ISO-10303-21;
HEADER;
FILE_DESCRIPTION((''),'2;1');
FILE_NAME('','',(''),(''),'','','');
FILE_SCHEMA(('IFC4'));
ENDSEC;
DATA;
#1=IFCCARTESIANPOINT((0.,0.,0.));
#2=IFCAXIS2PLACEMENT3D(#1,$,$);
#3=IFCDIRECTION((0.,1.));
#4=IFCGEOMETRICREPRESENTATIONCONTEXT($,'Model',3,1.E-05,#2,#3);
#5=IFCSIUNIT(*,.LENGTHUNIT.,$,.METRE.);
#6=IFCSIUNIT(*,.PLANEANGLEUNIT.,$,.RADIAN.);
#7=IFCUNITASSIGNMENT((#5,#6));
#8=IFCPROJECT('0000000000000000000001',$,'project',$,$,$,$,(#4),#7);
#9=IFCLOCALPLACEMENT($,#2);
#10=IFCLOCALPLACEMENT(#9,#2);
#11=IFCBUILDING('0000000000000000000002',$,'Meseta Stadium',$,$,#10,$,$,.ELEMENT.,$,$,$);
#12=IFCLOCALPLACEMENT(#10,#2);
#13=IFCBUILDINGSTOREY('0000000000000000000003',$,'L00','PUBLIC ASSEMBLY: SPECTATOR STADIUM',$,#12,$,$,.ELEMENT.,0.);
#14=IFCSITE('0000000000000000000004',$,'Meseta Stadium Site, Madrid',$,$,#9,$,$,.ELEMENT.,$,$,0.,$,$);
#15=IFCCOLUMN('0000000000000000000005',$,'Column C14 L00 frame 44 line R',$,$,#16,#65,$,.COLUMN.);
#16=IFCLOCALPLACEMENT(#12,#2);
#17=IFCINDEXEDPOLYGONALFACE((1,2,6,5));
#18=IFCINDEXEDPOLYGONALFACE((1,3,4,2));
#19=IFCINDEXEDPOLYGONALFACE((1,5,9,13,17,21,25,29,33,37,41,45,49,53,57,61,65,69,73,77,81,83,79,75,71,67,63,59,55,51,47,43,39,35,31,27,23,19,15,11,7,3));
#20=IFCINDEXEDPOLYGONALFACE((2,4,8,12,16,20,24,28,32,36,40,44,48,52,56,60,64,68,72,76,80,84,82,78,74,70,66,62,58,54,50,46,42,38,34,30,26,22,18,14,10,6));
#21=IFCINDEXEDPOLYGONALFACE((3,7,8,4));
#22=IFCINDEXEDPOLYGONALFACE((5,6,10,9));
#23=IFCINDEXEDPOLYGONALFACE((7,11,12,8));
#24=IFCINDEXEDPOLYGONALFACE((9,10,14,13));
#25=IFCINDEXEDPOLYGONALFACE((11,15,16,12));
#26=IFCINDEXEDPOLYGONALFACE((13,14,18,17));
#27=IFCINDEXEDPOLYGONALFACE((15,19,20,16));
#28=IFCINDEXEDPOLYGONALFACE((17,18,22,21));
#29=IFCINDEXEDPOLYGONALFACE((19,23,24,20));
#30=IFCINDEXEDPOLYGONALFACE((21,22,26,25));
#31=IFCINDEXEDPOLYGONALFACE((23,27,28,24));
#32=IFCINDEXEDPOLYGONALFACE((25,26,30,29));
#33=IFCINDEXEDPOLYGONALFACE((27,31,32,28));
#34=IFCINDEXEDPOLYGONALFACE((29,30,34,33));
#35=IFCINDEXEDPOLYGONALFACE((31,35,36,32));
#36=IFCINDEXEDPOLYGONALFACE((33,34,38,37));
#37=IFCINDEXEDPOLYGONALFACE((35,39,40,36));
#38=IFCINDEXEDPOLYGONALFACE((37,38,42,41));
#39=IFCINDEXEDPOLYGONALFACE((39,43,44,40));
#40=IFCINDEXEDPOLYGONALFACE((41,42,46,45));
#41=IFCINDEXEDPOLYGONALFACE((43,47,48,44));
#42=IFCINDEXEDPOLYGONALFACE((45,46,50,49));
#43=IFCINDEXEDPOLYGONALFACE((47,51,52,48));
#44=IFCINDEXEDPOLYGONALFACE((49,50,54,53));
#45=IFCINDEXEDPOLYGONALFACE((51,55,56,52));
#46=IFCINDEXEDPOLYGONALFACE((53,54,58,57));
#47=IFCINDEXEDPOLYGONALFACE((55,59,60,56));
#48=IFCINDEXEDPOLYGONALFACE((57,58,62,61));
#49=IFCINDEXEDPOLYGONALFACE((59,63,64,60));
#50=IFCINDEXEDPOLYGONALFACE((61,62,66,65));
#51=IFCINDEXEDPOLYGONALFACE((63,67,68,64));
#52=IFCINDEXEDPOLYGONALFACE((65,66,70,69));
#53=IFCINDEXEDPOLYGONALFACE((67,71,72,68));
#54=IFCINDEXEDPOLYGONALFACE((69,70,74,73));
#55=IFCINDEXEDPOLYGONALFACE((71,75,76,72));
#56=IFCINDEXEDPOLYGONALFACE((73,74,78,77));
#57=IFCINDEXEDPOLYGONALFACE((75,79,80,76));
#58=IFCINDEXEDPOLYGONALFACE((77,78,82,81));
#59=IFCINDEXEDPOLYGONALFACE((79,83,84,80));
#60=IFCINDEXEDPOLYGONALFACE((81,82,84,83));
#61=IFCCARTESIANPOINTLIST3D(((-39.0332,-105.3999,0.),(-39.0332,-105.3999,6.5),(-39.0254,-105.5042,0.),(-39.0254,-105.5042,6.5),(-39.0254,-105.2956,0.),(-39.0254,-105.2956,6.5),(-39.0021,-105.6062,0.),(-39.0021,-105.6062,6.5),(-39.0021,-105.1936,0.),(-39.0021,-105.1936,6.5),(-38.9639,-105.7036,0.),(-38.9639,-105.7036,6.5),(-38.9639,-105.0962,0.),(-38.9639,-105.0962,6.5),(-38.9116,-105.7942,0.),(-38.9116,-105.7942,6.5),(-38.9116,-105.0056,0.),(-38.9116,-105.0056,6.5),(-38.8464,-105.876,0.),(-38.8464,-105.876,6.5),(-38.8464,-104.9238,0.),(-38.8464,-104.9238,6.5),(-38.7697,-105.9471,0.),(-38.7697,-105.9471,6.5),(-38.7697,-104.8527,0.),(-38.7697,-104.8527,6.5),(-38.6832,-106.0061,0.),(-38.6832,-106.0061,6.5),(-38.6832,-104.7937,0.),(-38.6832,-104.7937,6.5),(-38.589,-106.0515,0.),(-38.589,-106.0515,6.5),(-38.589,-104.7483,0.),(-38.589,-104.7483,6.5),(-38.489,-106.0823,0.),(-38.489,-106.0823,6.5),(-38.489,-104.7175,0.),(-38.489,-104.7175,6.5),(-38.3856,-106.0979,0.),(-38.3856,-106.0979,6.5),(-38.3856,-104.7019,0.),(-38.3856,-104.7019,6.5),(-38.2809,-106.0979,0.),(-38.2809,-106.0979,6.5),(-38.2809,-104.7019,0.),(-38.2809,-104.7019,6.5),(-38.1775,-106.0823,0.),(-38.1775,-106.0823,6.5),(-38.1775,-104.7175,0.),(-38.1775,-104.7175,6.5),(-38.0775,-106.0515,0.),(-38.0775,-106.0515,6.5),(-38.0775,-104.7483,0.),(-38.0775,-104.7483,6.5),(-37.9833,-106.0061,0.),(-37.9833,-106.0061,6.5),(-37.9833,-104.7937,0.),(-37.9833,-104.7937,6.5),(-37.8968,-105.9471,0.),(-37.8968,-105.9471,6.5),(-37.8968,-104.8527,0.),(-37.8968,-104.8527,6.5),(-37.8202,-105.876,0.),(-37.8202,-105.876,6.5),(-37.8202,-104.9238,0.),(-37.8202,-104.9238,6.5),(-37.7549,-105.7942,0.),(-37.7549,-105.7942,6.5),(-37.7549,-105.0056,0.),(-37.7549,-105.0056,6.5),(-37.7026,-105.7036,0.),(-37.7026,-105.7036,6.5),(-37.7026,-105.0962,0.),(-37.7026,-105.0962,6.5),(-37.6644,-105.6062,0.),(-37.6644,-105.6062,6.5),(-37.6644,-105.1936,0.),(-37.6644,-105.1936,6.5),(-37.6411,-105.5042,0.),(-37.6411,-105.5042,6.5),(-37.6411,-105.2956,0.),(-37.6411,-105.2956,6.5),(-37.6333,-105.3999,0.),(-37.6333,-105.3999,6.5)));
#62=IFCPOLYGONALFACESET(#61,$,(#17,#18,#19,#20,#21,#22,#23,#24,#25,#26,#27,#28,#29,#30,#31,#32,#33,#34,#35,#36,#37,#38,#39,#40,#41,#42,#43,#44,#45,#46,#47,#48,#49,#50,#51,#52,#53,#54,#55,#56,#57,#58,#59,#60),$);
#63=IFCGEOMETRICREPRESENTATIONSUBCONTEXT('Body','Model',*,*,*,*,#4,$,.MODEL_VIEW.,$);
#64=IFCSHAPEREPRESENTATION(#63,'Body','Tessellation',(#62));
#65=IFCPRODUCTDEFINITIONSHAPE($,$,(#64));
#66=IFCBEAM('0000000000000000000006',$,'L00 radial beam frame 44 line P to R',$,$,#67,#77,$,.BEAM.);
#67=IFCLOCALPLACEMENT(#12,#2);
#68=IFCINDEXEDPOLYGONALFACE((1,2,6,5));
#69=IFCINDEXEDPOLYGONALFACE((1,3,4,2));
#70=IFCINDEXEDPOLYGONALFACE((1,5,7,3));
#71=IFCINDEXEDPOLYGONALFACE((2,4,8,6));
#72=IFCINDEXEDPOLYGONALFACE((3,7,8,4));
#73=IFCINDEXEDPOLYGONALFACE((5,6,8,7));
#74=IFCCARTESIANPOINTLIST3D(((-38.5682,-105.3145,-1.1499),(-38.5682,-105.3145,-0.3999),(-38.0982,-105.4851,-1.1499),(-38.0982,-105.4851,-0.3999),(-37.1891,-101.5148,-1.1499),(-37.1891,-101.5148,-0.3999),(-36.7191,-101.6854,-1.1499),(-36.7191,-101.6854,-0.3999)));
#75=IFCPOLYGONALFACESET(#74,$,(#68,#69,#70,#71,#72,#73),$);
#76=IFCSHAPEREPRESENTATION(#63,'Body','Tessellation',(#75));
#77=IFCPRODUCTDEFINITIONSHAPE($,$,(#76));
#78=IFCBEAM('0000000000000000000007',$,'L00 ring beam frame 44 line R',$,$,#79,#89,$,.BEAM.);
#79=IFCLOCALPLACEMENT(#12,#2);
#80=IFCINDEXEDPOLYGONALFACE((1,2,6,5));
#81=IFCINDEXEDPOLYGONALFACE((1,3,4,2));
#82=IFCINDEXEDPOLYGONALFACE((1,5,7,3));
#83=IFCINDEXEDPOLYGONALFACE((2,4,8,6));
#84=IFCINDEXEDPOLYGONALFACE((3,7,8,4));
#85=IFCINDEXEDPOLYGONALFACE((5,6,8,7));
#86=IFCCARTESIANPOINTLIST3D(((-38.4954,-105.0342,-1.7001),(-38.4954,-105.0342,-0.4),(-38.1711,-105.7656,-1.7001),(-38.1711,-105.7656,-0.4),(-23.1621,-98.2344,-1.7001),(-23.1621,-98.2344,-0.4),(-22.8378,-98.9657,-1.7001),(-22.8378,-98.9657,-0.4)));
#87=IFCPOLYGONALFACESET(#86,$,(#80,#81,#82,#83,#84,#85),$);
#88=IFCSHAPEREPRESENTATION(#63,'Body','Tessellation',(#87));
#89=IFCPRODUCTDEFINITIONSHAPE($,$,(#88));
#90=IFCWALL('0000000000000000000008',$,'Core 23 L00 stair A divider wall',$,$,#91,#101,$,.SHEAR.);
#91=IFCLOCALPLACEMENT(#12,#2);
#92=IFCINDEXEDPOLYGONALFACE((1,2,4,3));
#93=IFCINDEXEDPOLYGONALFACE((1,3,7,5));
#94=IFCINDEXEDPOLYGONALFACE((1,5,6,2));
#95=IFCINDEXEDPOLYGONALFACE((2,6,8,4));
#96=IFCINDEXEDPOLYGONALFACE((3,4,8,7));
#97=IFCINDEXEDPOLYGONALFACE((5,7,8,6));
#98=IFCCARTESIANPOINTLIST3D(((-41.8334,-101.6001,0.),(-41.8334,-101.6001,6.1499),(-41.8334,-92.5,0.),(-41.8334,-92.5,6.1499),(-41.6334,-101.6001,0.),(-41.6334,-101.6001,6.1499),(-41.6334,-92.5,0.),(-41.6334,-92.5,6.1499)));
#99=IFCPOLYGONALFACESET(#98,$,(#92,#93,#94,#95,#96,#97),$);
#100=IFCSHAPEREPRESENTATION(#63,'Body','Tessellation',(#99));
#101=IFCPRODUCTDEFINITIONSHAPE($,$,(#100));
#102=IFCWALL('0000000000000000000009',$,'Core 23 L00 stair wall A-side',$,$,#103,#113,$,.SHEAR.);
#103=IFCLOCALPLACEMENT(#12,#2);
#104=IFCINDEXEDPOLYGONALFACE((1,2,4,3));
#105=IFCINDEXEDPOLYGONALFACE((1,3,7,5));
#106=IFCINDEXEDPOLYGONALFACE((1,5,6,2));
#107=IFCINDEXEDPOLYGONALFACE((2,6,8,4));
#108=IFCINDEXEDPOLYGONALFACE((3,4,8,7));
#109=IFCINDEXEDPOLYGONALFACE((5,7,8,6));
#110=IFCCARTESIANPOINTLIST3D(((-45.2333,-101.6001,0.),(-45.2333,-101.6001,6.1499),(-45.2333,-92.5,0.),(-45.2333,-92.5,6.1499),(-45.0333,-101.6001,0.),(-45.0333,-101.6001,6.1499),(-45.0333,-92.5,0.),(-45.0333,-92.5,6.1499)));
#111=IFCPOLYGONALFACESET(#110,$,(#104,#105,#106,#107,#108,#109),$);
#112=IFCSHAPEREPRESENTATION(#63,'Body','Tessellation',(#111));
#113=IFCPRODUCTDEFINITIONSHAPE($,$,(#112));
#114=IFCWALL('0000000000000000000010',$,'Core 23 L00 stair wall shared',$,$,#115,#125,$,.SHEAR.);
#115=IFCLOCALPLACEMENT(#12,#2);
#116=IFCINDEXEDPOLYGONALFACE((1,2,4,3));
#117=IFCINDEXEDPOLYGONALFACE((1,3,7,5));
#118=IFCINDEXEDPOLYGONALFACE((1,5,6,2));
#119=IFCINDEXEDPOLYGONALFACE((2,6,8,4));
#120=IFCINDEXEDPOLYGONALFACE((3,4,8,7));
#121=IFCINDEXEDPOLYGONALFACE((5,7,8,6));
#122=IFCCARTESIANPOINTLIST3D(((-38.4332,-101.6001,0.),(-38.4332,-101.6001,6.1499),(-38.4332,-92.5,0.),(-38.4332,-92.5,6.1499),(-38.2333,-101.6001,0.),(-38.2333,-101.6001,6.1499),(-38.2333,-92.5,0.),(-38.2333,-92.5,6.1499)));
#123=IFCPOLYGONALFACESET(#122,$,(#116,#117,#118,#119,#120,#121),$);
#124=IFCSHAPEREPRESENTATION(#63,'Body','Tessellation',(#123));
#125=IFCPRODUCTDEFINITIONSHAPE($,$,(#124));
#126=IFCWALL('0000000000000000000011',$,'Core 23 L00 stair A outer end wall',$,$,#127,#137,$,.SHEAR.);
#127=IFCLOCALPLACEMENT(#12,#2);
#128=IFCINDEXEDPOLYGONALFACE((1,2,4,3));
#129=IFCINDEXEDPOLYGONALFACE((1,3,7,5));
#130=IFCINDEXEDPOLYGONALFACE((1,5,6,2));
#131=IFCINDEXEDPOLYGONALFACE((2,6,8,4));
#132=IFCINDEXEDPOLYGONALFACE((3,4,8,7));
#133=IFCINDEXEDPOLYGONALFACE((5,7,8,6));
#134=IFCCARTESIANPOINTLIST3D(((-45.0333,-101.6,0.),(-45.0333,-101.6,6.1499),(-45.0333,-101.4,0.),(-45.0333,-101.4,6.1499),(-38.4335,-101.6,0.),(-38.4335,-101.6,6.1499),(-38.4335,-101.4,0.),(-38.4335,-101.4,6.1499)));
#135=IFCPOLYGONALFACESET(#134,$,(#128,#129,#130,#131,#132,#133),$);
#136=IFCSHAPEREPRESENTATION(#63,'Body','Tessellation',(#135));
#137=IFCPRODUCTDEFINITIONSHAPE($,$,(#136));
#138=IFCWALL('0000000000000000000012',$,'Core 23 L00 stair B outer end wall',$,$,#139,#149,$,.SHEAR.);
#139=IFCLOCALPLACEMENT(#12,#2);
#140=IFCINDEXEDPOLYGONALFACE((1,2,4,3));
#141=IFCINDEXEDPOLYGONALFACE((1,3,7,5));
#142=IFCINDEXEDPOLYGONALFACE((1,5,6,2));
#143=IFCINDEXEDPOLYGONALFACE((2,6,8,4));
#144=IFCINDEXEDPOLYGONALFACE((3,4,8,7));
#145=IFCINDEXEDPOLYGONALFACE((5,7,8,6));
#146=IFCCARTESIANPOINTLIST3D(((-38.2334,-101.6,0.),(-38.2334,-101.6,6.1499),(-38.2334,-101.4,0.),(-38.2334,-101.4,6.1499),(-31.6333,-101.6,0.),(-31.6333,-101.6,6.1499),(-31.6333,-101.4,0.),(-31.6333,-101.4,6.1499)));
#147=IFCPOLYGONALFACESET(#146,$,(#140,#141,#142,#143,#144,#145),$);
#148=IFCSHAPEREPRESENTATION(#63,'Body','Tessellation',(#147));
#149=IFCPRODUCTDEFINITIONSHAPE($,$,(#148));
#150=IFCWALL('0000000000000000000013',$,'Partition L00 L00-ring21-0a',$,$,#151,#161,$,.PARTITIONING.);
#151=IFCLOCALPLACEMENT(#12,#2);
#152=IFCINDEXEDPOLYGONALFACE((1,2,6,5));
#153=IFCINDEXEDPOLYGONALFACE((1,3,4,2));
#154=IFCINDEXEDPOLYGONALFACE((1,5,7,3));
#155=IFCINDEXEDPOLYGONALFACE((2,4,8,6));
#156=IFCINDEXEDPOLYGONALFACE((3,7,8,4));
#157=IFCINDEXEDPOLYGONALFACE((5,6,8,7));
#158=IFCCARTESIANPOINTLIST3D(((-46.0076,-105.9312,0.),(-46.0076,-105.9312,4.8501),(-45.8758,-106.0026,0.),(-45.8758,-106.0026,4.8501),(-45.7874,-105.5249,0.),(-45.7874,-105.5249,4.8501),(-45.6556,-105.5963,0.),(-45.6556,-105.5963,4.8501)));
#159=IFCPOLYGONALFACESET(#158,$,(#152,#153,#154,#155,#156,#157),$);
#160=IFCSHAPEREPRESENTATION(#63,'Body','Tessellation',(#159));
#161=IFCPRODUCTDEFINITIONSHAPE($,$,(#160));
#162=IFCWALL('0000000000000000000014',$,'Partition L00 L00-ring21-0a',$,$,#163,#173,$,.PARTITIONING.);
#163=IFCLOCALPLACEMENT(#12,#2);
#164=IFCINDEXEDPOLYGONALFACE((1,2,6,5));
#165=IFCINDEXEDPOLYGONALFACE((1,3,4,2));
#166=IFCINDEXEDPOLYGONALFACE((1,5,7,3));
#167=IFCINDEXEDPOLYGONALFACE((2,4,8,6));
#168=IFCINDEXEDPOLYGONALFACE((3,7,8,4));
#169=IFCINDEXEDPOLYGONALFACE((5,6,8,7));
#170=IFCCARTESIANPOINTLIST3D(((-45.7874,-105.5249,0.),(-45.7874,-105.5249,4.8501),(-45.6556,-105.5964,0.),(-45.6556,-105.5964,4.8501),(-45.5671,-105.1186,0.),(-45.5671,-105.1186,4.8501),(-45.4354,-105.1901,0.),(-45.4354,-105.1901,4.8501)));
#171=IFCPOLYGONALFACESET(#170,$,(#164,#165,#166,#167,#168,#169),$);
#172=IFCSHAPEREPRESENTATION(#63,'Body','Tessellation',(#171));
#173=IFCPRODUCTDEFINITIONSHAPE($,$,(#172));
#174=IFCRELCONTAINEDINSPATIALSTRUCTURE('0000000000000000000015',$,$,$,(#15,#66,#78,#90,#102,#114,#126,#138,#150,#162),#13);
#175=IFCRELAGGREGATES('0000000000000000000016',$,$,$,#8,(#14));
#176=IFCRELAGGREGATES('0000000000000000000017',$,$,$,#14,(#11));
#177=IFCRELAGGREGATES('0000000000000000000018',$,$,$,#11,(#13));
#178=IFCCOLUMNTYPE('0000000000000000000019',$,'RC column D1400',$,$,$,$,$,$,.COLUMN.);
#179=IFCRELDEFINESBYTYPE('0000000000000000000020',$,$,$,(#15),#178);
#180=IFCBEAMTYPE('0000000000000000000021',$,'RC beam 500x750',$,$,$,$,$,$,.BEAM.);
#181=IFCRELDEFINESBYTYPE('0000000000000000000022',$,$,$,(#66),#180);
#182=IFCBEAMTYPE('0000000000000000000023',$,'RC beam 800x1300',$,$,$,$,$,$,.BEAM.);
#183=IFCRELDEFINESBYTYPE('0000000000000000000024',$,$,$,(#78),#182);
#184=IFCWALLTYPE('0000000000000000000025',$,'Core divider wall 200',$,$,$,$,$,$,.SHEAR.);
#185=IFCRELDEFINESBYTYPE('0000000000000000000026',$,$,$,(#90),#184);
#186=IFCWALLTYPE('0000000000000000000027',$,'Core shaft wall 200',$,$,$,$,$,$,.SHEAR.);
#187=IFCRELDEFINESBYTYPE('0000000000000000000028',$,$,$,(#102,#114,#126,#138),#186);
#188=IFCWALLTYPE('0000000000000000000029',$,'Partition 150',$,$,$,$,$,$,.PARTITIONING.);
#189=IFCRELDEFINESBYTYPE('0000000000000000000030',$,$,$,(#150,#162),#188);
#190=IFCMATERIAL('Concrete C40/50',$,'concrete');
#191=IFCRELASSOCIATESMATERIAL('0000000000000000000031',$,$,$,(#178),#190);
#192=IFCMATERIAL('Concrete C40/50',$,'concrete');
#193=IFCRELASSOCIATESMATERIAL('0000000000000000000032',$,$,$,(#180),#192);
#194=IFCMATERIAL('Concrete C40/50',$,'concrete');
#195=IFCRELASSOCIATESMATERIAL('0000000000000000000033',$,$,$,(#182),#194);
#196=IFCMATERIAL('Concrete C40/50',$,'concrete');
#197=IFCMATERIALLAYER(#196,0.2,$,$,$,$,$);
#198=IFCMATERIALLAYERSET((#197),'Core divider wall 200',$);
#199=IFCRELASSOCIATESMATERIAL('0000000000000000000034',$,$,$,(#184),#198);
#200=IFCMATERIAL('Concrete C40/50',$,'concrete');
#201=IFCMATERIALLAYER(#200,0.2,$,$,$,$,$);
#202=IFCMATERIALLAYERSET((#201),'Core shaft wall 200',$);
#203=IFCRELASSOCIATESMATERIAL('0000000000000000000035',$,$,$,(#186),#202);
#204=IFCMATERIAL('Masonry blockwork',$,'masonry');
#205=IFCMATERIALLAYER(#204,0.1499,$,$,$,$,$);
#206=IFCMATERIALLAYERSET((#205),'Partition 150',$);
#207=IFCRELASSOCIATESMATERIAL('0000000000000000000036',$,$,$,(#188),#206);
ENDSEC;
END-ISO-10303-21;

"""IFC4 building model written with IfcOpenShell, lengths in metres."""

from ifc_helpers import new_model, si_unit, direction, frame, frame_2d, origin, origin_2d, place, context, subcontext, project, spatial, rectangle, circle, extrude, material, layer, layer_set, material_profile, profile_set, type_object, element, save


model = new_model("IFC4")

# Units and contexts
model_context = context("Model", 3, precision=1e-05, world=origin(), true_north=direction((0.0, 1.0)))
body_context = subcontext(model_context, "Body", "Model", "MODEL_VIEW")
ifc_project = project(units=[si_unit("LENGTHUNIT", "METRE"), si_unit("PLANEANGLEUNIT", "RADIAN")], contexts=[model_context])

# Site, building, storey
site_placement = place(None, origin())
site = spatial("IfcSite", under=ifc_project, at=site_placement, Name="Meseta Stadium Site, Madrid", CompositionType="ELEMENT", RefElevation=0.0)
building_placement = place(site_placement, origin())
building = spatial("IfcBuilding", under=site, at=building_placement, Name="Meseta Stadium", CompositionType="ELEMENT")
storey_placement = place(building_placement, origin())
storey = spatial("IfcBuildingStorey", under=building, at=storey_placement, Name="L00", Description="PUBLIC ASSEMBLY: SPECTATOR STADIUM", CompositionType="ELEMENT", Elevation=0.0)

# Column
ifc_material_1 = material(Name="Concrete C40/50", Category="concrete")
ifc_material_profile_1 = material_profile(ifc_material_1, circle(Radius=0.7, at=origin_2d()), Name="RC D1400")
ifc_profile_set_1 = profile_set([ifc_material_profile_1], Name="Concrete C40/50")
column_type = type_object("IfcColumnType", Name="RC column D1400", PredefinedType="COLUMN", material=ifc_profile_set_1)
column_placement = place(storey_placement, frame((-38.3333, -105.3999, 0.0), z_axis=(0.0, 0.0, 1.0), x_axis=(1.0, 0.0, 0.0)))
element("IfcColumn", 1, at=column_placement, inside=storey, type_object=column_type, Name="Column C14 L00 frame 44 line R", PredefinedType="COLUMN", context=body_context, shape_type="SweptSolid", body=[
    extrude(circle(Radius=0.7, at=origin_2d()), origin(), (0.0, 0.0, 1.0), 6.5),
])

# Beams
ifc_material_2 = material(Name="Concrete C40/50", Category="concrete")
ifc_material_profile_2 = material_profile(ifc_material_2, rectangle(XDim=0.5, YDim=0.75, at=origin_2d()), Name="RC 500x750")
ifc_profile_set_2 = profile_set([ifc_material_profile_2], Name="Concrete C40/50")
beam_type_1 = type_object("IfcBeamType", Name="RC beam 500x750", PredefinedType="BEAM", material=ifc_profile_set_2)
beam_1_placement = place(storey_placement, frame((-36.9541, -101.6001, -0.7749), z_axis=(-0.341176, -0.94, 0.0), x_axis=(0.94, -0.341176, 0.0)))
element("IfcBeam", 2, at=beam_1_placement, inside=storey, type_object=beam_type_1, Name="L00 radial beam frame 44 line P to R", PredefinedType="BEAM", context=body_context, shape_type="SweptSolid", body=[
    extrude(rectangle(XDim=0.5, YDim=0.75, at=origin_2d()), origin(), (0.0, 0.0, 1.0), 4.0422),
])
ifc_material_3 = material(Name="Concrete C40/50", Category="concrete")
ifc_material_profile_3 = material_profile(ifc_material_3, rectangle(XDim=0.8, YDim=1.3, at=origin_2d()), Name="RC 800x1300")
ifc_profile_set_3 = profile_set([ifc_material_profile_3], Name="Concrete C40/50")
beam_type_2 = type_object("IfcBeamType", Name="RC beam 800x1300", PredefinedType="BEAM", material=ifc_profile_set_3)
beam_2_placement = place(storey_placement, frame((-38.3333, -105.3999, -1.05), z_axis=(0.914143, 0.405393, 0.0), x_axis=(-0.405393, 0.914143, 0.0)))
element("IfcBeam", 3, at=beam_2_placement, inside=storey, type_object=beam_type_2, Name="L00 ring beam frame 44 line R", PredefinedType="BEAM", context=body_context, shape_type="SweptSolid", body=[
    extrude(rectangle(XDim=0.8, YDim=1.3, at=origin_2d()), origin(), (0.0, 0.0, 1.0), 16.7734),
])

# Walls
ifc_material_4 = material(Name="Concrete C40/50", Category="concrete")
ifc_layer_1 = layer(ifc_material_4, 0.2)
ifc_layer_set_1 = layer_set([ifc_layer_1], Name="Core divider wall 200")
wall_type_1 = type_object("IfcWallType", Name="Core divider wall 200", PredefinedType="SHEAR", material=ifc_layer_set_1)
wall_1_placement = place(storey_placement, frame((-41.7334, -101.6001, 0.0), z_axis=(0.0, 0.0, 1.0), x_axis=(0.0, 1.0, 0.0)))
element("IfcWall", 4, at=wall_1_placement, inside=storey, type_object=wall_type_1, Name="Core 23 L00 stair A divider wall", PredefinedType="SHEAR", context=body_context, shape_type="SweptSolid", body=[
    extrude(rectangle(XDim=9.1001, YDim=0.2, at=frame_2d((4.55, 0.0))), origin(), (0.0, 0.0, 1.0), 6.1499),
])
ifc_material_5 = material(Name="Concrete C40/50", Category="concrete")
ifc_layer_2 = layer(ifc_material_5, 0.2)
ifc_layer_set_2 = layer_set([ifc_layer_2], Name="Core shaft wall 200")
wall_type_2 = type_object("IfcWallType", Name="Core shaft wall 200", PredefinedType="SHEAR", material=ifc_layer_set_2)
for number, where, z_axis, x_axis, name in (
    (5, (-45.1333, -101.6001, 0.0), (0.0, 0.0, 1.0), (0.0, 1.0, 0.0), "Core 23 L00 stair wall A-side"),
    (6, (-38.3333, -101.6001, 0.0), (0.0, 0.0, 1.0), (0.0, 1.0, 0.0), "Core 23 L00 stair wall shared"),
):
    element("IfcWall", number, at=place(storey_placement, frame(where, z_axis=z_axis, x_axis=x_axis)), inside=storey, type_object=wall_type_2, Name=name, PredefinedType="SHEAR", context=body_context, shape_type="SweptSolid", body=[
        extrude(rectangle(XDim=9.1001, YDim=0.2, at=frame_2d((4.55, 0.0))), origin(), (0.0, 0.0, 1.0), 6.1499),
    ])
wall_2_placement = place(storey_placement, frame((-45.0332, -101.5, 0.0), z_axis=(0.0, 0.0, 1.0), x_axis=(1.0, 0.0, 0.0)))
element("IfcWall", 7, at=wall_2_placement, inside=storey, type_object=wall_type_2, Name="Core 23 L00 stair A outer end wall", PredefinedType="SHEAR", context=body_context, shape_type="SweptSolid", body=[
    extrude(rectangle(XDim=6.5999, YDim=0.2, at=frame_2d((3.2998, 0.0))), origin(), (0.0, 0.0, 1.0), 6.1499),
])
wall_3_placement = place(storey_placement, frame((-38.2334, -101.5, 0.0), z_axis=(0.0, 0.0, 1.0), x_axis=(1.0, 0.0, 0.0)))
element("IfcWall", 8, at=wall_3_placement, inside=storey, type_object=wall_type_2, Name="Core 23 L00 stair B outer end wall", PredefinedType="SHEAR", context=body_context, shape_type="SweptSolid", body=[
    extrude(rectangle(XDim=6.6001, YDim=0.2, at=frame_2d((3.3, 0.0))), origin(), (0.0, 0.0, 1.0), 6.1499),
])
ifc_material_6 = material(Name="Masonry blockwork", Category="masonry")
ifc_layer_3 = layer(ifc_material_6, 0.1499)
ifc_layer_set_3 = layer_set([ifc_layer_3], Name="Partition 150")
wall_type_3 = type_object("IfcWallType", Name="Partition 150", PredefinedType="PARTITIONING", material=ifc_layer_set_3)
for number, where, z_axis, x_axis, name in (
    (9, (-45.9417, -105.9668, 0.0), (0.0, 0.0, 1.0), (0.476555, 0.879144, 0.0), "Partition L00 L00-ring21-0a"),
    (10, (-45.7214, -105.5605, 0.0), (0.0, 0.0, 1.0), (0.476555, 0.879144, 0.0), "Partition L00 L00-ring21-0a"),
):
    element("IfcWall", number, at=place(storey_placement, frame(where, z_axis=z_axis, x_axis=x_axis)), inside=storey, type_object=wall_type_3, Name=name, PredefinedType="PARTITIONING", context=body_context, shape_type="SweptSolid", body=[
        extrude(rectangle(XDim=0.4622, YDim=0.1499, at=frame_2d((0.231, 0.0))), origin(), (0.0, 0.0, 1.0), 4.8501),
    ])

save(model, "model.ifc")
